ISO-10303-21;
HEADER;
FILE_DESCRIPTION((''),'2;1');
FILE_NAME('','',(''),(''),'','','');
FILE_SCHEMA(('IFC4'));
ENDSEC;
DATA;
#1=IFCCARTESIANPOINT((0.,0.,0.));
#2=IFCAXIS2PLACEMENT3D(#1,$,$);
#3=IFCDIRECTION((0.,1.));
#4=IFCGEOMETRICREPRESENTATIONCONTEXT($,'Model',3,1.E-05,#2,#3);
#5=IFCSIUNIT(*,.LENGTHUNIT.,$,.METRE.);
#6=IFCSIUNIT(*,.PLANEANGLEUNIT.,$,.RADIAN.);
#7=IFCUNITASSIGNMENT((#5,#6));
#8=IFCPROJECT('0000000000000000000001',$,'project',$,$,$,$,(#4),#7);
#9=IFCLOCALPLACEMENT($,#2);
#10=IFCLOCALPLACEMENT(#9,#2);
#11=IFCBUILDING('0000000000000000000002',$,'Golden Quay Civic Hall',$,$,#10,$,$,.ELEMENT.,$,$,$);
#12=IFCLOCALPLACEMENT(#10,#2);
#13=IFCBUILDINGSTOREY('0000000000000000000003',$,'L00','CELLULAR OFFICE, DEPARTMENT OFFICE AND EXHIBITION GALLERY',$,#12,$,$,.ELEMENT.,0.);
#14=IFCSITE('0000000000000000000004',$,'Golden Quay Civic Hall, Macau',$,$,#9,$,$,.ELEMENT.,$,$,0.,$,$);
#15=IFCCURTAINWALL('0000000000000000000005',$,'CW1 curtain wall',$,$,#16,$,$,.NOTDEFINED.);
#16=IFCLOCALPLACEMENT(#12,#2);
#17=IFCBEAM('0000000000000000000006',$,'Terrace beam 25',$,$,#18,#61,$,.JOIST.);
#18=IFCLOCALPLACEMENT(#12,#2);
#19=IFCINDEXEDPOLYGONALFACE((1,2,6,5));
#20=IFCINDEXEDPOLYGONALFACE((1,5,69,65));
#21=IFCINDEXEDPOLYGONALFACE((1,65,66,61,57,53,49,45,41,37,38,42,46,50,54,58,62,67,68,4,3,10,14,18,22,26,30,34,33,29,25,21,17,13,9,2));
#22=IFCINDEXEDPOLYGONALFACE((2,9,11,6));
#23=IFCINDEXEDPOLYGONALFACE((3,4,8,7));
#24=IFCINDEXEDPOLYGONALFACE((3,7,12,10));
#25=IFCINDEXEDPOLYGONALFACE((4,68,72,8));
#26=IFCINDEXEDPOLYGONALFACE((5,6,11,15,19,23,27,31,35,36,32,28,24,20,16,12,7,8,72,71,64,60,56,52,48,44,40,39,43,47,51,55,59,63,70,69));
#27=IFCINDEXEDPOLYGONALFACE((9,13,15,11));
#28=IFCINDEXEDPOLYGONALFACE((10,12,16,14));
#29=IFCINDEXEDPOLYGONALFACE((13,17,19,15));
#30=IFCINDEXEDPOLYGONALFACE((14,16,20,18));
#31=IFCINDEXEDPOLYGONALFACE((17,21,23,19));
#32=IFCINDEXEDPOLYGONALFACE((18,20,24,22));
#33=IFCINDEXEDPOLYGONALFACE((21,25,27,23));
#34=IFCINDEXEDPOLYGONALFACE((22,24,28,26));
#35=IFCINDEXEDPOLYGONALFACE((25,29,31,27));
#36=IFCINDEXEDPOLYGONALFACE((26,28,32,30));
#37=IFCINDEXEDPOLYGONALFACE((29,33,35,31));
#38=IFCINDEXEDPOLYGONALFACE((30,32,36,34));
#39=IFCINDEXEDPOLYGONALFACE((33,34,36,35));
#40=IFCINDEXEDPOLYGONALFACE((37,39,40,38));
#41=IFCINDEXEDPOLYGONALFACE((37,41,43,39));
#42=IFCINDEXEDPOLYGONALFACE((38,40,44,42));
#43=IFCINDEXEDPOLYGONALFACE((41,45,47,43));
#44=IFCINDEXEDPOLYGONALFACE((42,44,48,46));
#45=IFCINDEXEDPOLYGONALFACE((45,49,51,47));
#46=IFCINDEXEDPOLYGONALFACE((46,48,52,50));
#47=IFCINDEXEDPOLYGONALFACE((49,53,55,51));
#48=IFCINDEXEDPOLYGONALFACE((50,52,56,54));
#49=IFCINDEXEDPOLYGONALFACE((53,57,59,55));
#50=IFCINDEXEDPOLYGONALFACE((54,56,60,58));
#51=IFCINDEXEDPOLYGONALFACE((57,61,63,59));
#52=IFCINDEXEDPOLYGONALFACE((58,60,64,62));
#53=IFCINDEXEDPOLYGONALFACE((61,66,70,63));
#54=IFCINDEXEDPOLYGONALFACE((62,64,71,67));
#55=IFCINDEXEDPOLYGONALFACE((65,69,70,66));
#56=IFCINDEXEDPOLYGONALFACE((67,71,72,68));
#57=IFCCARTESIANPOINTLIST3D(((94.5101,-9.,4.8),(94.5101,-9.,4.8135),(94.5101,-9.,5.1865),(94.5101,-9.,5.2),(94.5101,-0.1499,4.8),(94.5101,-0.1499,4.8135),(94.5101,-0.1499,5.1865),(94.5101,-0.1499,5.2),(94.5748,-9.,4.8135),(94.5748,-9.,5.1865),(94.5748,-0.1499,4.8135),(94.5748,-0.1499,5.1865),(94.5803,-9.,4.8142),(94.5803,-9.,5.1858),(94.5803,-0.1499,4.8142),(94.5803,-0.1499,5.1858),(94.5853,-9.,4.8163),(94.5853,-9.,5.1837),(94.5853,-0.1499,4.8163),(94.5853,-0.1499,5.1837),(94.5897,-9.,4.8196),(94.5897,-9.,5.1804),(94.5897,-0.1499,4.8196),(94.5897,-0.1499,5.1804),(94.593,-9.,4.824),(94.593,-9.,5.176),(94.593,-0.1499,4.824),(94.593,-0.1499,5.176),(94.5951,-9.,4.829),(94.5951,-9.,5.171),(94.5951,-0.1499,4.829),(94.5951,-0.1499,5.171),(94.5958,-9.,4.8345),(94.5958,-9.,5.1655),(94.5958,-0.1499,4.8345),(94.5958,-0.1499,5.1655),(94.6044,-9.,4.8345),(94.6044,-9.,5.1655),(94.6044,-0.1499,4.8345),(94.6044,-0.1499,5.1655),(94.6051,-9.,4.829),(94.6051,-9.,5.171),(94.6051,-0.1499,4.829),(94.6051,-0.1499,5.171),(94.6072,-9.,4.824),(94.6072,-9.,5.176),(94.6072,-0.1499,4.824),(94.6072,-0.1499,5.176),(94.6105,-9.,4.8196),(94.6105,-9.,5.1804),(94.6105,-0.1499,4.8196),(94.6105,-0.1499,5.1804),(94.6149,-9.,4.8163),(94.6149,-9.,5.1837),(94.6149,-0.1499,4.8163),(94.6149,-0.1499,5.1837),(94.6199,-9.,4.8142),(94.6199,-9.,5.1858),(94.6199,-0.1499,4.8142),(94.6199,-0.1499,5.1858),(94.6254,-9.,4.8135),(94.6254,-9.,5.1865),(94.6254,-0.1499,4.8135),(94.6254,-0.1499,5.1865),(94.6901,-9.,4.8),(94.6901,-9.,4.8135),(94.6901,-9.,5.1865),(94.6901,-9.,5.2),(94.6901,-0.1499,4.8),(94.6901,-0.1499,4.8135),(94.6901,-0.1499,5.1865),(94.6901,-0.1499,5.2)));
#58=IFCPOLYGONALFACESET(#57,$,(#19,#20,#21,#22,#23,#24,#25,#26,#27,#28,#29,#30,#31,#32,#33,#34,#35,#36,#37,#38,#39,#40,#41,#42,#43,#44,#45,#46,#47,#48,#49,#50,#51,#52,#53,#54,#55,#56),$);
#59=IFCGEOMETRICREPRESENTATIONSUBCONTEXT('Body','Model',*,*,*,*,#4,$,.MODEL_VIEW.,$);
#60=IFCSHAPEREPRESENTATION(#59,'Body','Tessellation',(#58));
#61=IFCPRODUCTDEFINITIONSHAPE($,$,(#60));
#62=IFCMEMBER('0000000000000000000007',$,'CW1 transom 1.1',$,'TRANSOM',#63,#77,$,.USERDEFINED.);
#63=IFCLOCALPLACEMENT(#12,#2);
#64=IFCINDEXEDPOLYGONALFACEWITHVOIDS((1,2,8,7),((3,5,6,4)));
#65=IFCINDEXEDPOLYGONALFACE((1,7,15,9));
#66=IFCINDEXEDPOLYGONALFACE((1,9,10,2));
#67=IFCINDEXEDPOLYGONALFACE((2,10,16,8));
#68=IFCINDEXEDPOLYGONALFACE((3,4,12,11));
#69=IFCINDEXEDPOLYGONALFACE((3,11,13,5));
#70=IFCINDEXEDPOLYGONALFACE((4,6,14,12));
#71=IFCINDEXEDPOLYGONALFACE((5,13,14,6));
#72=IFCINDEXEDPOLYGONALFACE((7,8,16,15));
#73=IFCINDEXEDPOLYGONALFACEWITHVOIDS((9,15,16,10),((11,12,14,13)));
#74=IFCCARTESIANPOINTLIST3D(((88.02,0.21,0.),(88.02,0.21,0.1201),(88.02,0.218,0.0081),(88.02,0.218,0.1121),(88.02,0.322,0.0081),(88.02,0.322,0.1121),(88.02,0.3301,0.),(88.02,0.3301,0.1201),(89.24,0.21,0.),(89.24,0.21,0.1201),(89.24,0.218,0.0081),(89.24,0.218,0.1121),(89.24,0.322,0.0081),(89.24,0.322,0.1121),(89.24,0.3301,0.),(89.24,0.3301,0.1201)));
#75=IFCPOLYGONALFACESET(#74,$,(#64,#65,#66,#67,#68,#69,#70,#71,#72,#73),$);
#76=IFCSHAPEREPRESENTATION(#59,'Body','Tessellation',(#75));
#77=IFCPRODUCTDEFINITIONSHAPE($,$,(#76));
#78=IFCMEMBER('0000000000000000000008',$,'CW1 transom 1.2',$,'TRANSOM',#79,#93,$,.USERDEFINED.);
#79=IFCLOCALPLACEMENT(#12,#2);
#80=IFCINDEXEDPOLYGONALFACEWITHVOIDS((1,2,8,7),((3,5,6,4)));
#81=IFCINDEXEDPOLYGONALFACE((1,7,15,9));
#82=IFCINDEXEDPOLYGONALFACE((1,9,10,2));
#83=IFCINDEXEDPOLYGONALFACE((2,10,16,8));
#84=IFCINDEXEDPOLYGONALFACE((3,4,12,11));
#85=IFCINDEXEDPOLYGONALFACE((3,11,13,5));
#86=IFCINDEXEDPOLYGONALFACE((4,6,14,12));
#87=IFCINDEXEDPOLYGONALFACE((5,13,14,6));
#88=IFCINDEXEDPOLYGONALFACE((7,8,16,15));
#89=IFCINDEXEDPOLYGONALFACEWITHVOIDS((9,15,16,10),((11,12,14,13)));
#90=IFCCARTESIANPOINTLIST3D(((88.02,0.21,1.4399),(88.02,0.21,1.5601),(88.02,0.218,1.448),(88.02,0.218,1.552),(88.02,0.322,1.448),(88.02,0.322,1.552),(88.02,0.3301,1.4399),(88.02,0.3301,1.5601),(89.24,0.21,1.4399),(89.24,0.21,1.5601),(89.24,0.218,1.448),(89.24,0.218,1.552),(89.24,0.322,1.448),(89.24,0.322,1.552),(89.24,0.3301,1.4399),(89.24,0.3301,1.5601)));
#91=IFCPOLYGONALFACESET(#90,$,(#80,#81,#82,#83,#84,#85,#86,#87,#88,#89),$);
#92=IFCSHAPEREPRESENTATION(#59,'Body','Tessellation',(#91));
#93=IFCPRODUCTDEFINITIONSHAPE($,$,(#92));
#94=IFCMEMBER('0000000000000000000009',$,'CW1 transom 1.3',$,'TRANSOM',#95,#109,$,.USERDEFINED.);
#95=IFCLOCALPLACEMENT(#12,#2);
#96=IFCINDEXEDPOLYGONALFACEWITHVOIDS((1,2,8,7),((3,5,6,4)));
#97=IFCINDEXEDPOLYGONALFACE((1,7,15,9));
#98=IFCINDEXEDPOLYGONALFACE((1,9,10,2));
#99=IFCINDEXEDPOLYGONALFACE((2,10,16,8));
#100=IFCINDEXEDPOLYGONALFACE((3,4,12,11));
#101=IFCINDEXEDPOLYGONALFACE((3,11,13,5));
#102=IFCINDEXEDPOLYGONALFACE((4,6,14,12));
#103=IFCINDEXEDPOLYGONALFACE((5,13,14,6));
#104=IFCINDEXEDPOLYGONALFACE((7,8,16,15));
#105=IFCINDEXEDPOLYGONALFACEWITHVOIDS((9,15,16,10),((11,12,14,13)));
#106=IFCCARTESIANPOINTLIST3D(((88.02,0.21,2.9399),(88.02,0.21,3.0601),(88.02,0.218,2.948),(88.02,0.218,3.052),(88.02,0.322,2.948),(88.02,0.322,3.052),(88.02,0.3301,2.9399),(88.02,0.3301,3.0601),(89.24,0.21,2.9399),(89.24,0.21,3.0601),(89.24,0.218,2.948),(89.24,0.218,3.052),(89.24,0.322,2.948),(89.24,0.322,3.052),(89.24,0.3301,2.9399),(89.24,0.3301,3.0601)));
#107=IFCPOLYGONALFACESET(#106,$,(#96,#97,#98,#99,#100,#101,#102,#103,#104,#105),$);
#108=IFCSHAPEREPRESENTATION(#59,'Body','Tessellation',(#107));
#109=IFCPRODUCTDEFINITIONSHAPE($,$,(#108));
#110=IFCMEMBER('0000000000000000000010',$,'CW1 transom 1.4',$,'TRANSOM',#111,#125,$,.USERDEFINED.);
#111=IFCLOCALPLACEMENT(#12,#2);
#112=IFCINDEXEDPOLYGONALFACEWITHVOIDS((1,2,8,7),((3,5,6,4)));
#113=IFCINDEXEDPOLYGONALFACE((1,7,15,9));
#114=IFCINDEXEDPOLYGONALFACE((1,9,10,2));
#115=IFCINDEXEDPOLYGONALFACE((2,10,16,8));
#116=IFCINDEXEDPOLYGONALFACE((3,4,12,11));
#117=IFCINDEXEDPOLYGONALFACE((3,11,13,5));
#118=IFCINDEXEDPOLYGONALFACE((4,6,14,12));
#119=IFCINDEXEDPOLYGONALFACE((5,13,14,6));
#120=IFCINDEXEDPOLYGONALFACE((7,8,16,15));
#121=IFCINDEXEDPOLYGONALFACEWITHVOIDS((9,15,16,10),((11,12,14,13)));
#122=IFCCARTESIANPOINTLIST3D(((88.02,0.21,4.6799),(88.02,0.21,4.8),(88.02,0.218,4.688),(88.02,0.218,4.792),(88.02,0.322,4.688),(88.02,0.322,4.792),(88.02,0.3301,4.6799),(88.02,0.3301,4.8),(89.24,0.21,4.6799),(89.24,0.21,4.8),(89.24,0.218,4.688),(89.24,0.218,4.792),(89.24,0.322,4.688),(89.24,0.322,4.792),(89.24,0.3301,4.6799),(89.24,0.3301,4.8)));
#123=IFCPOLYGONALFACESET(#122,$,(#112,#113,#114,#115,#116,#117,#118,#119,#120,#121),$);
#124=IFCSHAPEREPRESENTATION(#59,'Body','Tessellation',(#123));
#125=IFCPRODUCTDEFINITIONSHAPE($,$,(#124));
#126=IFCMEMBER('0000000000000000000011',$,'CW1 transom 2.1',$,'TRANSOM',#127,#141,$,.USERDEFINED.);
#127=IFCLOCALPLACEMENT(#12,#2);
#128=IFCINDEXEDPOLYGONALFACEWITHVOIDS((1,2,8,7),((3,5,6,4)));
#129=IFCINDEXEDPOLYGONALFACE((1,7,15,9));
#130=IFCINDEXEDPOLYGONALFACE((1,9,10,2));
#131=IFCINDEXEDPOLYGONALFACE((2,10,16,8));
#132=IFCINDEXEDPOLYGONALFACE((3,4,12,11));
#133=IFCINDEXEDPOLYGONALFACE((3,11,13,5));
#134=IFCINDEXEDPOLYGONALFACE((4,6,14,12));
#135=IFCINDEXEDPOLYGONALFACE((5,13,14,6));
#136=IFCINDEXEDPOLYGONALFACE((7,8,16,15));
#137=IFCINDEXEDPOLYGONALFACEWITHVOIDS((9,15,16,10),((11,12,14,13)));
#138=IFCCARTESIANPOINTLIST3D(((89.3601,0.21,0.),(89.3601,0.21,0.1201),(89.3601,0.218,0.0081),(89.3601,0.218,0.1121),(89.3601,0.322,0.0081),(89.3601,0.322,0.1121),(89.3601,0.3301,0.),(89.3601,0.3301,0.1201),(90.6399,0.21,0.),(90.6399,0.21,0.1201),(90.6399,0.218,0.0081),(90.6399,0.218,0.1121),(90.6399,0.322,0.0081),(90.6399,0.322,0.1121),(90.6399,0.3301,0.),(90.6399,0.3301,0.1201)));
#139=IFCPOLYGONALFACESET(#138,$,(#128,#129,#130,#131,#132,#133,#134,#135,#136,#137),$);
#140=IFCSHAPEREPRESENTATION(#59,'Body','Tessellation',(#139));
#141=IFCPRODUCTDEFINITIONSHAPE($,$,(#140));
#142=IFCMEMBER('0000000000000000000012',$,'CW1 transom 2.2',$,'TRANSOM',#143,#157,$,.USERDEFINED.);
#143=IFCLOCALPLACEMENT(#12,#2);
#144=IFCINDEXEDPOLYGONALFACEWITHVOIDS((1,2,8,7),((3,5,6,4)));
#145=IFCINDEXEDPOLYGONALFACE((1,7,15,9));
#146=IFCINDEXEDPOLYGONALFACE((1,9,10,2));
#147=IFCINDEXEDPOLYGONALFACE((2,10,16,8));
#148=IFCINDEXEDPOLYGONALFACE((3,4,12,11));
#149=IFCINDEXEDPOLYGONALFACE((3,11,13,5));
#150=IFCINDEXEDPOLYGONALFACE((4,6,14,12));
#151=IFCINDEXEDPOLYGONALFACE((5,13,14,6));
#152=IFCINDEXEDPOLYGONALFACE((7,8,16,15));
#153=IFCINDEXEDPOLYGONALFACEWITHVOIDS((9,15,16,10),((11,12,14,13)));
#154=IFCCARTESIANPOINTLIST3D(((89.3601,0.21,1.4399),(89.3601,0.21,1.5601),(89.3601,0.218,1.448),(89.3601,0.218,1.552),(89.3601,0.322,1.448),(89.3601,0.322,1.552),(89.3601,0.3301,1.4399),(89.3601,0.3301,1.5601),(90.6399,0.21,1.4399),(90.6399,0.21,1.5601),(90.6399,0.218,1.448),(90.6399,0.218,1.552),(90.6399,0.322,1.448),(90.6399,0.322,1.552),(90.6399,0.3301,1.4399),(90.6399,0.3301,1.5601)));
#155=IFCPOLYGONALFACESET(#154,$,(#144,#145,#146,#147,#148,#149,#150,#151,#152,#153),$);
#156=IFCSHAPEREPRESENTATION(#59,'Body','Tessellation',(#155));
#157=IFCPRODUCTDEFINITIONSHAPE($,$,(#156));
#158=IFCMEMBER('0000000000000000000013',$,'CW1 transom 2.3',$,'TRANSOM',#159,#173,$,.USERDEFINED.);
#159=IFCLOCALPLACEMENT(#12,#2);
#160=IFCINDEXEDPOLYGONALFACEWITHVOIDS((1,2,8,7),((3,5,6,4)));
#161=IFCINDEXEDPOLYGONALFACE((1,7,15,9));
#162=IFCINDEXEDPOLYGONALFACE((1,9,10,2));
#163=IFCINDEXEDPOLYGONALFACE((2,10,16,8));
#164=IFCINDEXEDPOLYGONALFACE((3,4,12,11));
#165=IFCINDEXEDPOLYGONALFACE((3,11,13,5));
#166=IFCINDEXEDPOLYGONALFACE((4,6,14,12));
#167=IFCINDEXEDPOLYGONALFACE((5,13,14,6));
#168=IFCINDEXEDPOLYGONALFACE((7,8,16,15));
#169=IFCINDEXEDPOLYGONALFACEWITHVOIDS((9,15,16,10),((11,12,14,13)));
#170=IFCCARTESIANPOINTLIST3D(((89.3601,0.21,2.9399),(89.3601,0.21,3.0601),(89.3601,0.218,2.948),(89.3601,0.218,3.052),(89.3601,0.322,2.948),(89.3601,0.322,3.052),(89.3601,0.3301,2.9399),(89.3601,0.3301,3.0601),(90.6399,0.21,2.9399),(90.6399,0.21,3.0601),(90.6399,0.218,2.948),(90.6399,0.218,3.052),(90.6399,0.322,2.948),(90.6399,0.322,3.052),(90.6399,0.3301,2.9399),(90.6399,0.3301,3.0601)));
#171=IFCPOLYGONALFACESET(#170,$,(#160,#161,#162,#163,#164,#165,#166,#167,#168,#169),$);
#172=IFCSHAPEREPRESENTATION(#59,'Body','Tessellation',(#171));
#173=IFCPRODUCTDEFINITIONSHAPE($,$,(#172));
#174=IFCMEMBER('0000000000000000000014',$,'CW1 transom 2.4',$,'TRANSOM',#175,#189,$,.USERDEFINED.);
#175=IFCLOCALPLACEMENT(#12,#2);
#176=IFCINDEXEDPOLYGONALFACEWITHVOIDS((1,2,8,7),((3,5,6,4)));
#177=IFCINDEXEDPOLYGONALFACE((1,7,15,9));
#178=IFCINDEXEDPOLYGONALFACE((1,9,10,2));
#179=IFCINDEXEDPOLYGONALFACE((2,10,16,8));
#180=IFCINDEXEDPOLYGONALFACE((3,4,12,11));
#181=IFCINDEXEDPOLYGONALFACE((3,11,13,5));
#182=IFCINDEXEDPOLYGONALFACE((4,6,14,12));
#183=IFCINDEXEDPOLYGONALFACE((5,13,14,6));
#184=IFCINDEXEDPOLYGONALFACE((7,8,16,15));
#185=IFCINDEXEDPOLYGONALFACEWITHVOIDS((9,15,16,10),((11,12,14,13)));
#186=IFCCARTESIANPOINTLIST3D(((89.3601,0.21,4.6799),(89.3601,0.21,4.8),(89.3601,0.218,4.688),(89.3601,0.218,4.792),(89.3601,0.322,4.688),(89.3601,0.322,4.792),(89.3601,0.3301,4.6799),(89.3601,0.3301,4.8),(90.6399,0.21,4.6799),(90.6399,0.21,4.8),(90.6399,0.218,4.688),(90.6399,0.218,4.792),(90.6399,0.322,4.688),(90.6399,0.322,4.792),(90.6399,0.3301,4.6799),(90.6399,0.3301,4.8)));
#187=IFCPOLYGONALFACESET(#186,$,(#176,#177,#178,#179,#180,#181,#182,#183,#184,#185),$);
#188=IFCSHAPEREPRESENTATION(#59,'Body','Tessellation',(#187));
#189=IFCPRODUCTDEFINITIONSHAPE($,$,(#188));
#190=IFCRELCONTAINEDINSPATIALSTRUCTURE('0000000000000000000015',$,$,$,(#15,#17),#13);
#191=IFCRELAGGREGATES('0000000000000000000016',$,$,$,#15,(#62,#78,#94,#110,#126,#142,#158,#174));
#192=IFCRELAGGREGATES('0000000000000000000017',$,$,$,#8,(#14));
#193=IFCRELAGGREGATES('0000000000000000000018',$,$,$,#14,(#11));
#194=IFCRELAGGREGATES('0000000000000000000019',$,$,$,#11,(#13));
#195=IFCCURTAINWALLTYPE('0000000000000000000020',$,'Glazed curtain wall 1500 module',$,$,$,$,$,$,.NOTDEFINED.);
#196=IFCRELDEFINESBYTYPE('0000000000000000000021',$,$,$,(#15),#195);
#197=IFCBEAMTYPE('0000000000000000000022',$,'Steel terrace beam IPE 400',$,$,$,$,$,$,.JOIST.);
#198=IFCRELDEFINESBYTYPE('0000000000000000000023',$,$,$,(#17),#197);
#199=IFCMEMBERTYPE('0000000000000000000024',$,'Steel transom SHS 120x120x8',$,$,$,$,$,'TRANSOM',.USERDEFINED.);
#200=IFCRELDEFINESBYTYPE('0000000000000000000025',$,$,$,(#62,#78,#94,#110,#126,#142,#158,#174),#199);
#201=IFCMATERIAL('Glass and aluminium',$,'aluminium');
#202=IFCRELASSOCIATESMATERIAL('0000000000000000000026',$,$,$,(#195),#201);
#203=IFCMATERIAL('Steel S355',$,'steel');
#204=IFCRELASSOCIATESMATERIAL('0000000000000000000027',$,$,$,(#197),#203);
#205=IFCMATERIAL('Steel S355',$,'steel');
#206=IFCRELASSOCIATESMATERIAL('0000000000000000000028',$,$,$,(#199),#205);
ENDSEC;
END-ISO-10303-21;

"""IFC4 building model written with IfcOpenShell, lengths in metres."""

from ifc_helpers import new_model, si_unit, direction, frame, origin, origin_2d, place, context, subcontext, project, spatial, hollow_rectangle, i_section, extrude, material, material_profile, profile_set, type_object, element, aggregate, save


model = new_model("IFC4")

# Units and contexts
model_context = context("Model", 3, precision=1e-05, world=origin(), true_north=direction((0.0, 1.0)))
body_context = subcontext(model_context, "Body", "Model", "MODEL_VIEW")
ifc_project = project(units=[si_unit("LENGTHUNIT", "METRE"), si_unit("PLANEANGLEUNIT", "RADIAN")], contexts=[model_context])

# Site, building, storey
site_placement = place(None, origin())
site = spatial("IfcSite", under=ifc_project, at=site_placement, Name="Golden Quay Civic Hall, Macau", CompositionType="ELEMENT", RefElevation=0.0)
building_placement = place(site_placement, origin())
building = spatial("IfcBuilding", under=site, at=building_placement, Name="Golden Quay Civic Hall", CompositionType="ELEMENT")
storey_placement = place(building_placement, origin())
storey = spatial("IfcBuildingStorey", under=building, at=storey_placement, Name="L00", Description="CELLULAR OFFICE, DEPARTMENT OFFICE AND EXHIBITION GALLERY", CompositionType="ELEMENT", Elevation=0.0)

# Curtain wall
ifc_material_1 = material(Name="Glass and aluminium", Category="aluminium")
curtain_wall_type = type_object("IfcCurtainWallType", Name="Glazed curtain wall 1500 module", PredefinedType="NOTDEFINED", material=ifc_material_1)
curtain_wall_placement = place(storey_placement, origin())
curtain_wall = element("IfcCurtainWall", 1, at=curtain_wall_placement, inside=storey, type_object=curtain_wall_type, Name="CW1 curtain wall", PredefinedType="NOTDEFINED")

# Beam
ifc_material_2 = material(Name="Steel S355", Category="steel")
ifc_material_profile_1 = material_profile(ifc_material_2, i_section(OverallWidth=0.1799, OverallDepth=0.3999, WebThickness=0.0085, FlangeThickness=0.0134, FilletRadius=0.021, at=origin_2d()), Name="IPE 400")
ifc_profile_set_1 = profile_set([ifc_material_profile_1], Name="Steel S355")
beam_type_1 = type_object("IfcBeamType", Name="Steel terrace beam IPE 400", PredefinedType="JOIST", material=ifc_profile_set_1)
beam_1_placement = place(storey_placement, frame((94.6001, -9.0, 5.0), z_axis=(0.0, 1.0, 0.0), x_axis=(-1.0, 0.0, 0.0)))
element("IfcBeam", 2, at=beam_1_placement, inside=storey, type_object=beam_type_1, Name="Terrace beam 25", PredefinedType="JOIST", context=body_context, shape_type="SweptSolid", body=[
    extrude(i_section(OverallWidth=0.1799, OverallDepth=0.3999, WebThickness=0.0085, FlangeThickness=0.0134, FilletRadius=0.021, at=origin_2d()), origin(), (0.0, 0.0, 1.0), 8.8501),
])

# Members
ifc_material_3 = material(Name="Steel S355", Category="steel")
ifc_material_profile_2 = material_profile(ifc_material_3, hollow_rectangle(XDim=0.1201, YDim=0.1201, WallThickness=0.0081, at=origin_2d()), Name="SHS 120x120x8")
ifc_profile_set_2 = profile_set([ifc_material_profile_2], Name="Steel S355")
member_type_1 = type_object("IfcMemberType", Name="Steel transom SHS 120x120x8", ElementType="TRANSOM", PredefinedType="USERDEFINED", material=ifc_profile_set_2)
member_1_placement = place(storey_placement, frame((88.02, 0.27, 0.0601), z_axis=(1.0, 0.0, 0.0), x_axis=(0.0, 1.0, 0.0)))
member_1 = element("IfcMember", 3, at=member_1_placement, type_object=member_type_1, Name="CW1 transom 1.1", ObjectType="TRANSOM", PredefinedType="USERDEFINED", context=body_context, shape_type="SweptSolid", body=[
    extrude(hollow_rectangle(XDim=0.1201, YDim=0.1201, WallThickness=0.0081, at=origin_2d()), origin(), (0.0, 0.0, 1.0), 1.22),
])
member_2_placement = place(storey_placement, frame((88.02, 0.27, 1.5), z_axis=(1.0, 0.0, 0.0), x_axis=(0.0, 1.0, 0.0)))
member_2 = element("IfcMember", 4, at=member_2_placement, type_object=member_type_1, Name="CW1 transom 1.2", ObjectType="TRANSOM", PredefinedType="USERDEFINED", context=body_context, shape_type="SweptSolid", body=[
    extrude(hollow_rectangle(XDim=0.1201, YDim=0.1201, WallThickness=0.0081, at=origin_2d()), origin(), (0.0, 0.0, 1.0), 1.22),
])
member_3_placement = place(storey_placement, frame((88.02, 0.27, 3.0), z_axis=(1.0, 0.0, 0.0), x_axis=(0.0, 1.0, 0.0)))
member_3 = element("IfcMember", 5, at=member_3_placement, type_object=member_type_1, Name="CW1 transom 1.3", ObjectType="TRANSOM", PredefinedType="USERDEFINED", context=body_context, shape_type="SweptSolid", body=[
    extrude(hollow_rectangle(XDim=0.1201, YDim=0.1201, WallThickness=0.0081, at=origin_2d()), origin(), (0.0, 0.0, 1.0), 1.22),
])
member_4_placement = place(storey_placement, frame((88.02, 0.27, 4.74), z_axis=(1.0, 0.0, 0.0), x_axis=(0.0, 1.0, 0.0)))
member_4 = element("IfcMember", 6, at=member_4_placement, type_object=member_type_1, Name="CW1 transom 1.4", ObjectType="TRANSOM", PredefinedType="USERDEFINED", context=body_context, shape_type="SweptSolid", body=[
    extrude(hollow_rectangle(XDim=0.1201, YDim=0.1201, WallThickness=0.0081, at=origin_2d()), origin(), (0.0, 0.0, 1.0), 1.22),
])
member_5_placement = place(storey_placement, frame((89.3601, 0.27, 0.0601), z_axis=(1.0, 0.0, 0.0), x_axis=(0.0, 1.0, 0.0)))
member_5 = element("IfcMember", 7, at=member_5_placement, type_object=member_type_1, Name="CW1 transom 2.1", ObjectType="TRANSOM", PredefinedType="USERDEFINED", context=body_context, shape_type="SweptSolid", body=[
    extrude(hollow_rectangle(XDim=0.1201, YDim=0.1201, WallThickness=0.0081, at=origin_2d()), origin(), (0.0, 0.0, 1.0), 1.2798),
])
member_6_placement = place(storey_placement, frame((89.3601, 0.27, 1.5), z_axis=(1.0, 0.0, 0.0), x_axis=(0.0, 1.0, 0.0)))
member_6 = element("IfcMember", 8, at=member_6_placement, type_object=member_type_1, Name="CW1 transom 2.2", ObjectType="TRANSOM", PredefinedType="USERDEFINED", context=body_context, shape_type="SweptSolid", body=[
    extrude(hollow_rectangle(XDim=0.1201, YDim=0.1201, WallThickness=0.0081, at=origin_2d()), origin(), (0.0, 0.0, 1.0), 1.2798),
])
member_7_placement = place(storey_placement, frame((89.3601, 0.27, 3.0), z_axis=(1.0, 0.0, 0.0), x_axis=(0.0, 1.0, 0.0)))
member_7 = element("IfcMember", 9, at=member_7_placement, type_object=member_type_1, Name="CW1 transom 2.3", ObjectType="TRANSOM", PredefinedType="USERDEFINED", context=body_context, shape_type="SweptSolid", body=[
    extrude(hollow_rectangle(XDim=0.1201, YDim=0.1201, WallThickness=0.0081, at=origin_2d()), origin(), (0.0, 0.0, 1.0), 1.2798),
])
member_8_placement = place(storey_placement, frame((89.3601, 0.27, 4.74), z_axis=(1.0, 0.0, 0.0), x_axis=(0.0, 1.0, 0.0)))
member_8 = element("IfcMember", 10, at=member_8_placement, type_object=member_type_1, Name="CW1 transom 2.4", ObjectType="TRANSOM", PredefinedType="USERDEFINED", context=body_context, shape_type="SweptSolid", body=[
    extrude(hollow_rectangle(XDim=0.1201, YDim=0.1201, WallThickness=0.0081, at=origin_2d()), origin(), (0.0, 0.0, 1.0), 1.2798),
])

aggregate(curtain_wall, [member_1, member_2, member_3, member_4, member_5, member_6, member_7, member_8])

save(model, "model.ifc")
